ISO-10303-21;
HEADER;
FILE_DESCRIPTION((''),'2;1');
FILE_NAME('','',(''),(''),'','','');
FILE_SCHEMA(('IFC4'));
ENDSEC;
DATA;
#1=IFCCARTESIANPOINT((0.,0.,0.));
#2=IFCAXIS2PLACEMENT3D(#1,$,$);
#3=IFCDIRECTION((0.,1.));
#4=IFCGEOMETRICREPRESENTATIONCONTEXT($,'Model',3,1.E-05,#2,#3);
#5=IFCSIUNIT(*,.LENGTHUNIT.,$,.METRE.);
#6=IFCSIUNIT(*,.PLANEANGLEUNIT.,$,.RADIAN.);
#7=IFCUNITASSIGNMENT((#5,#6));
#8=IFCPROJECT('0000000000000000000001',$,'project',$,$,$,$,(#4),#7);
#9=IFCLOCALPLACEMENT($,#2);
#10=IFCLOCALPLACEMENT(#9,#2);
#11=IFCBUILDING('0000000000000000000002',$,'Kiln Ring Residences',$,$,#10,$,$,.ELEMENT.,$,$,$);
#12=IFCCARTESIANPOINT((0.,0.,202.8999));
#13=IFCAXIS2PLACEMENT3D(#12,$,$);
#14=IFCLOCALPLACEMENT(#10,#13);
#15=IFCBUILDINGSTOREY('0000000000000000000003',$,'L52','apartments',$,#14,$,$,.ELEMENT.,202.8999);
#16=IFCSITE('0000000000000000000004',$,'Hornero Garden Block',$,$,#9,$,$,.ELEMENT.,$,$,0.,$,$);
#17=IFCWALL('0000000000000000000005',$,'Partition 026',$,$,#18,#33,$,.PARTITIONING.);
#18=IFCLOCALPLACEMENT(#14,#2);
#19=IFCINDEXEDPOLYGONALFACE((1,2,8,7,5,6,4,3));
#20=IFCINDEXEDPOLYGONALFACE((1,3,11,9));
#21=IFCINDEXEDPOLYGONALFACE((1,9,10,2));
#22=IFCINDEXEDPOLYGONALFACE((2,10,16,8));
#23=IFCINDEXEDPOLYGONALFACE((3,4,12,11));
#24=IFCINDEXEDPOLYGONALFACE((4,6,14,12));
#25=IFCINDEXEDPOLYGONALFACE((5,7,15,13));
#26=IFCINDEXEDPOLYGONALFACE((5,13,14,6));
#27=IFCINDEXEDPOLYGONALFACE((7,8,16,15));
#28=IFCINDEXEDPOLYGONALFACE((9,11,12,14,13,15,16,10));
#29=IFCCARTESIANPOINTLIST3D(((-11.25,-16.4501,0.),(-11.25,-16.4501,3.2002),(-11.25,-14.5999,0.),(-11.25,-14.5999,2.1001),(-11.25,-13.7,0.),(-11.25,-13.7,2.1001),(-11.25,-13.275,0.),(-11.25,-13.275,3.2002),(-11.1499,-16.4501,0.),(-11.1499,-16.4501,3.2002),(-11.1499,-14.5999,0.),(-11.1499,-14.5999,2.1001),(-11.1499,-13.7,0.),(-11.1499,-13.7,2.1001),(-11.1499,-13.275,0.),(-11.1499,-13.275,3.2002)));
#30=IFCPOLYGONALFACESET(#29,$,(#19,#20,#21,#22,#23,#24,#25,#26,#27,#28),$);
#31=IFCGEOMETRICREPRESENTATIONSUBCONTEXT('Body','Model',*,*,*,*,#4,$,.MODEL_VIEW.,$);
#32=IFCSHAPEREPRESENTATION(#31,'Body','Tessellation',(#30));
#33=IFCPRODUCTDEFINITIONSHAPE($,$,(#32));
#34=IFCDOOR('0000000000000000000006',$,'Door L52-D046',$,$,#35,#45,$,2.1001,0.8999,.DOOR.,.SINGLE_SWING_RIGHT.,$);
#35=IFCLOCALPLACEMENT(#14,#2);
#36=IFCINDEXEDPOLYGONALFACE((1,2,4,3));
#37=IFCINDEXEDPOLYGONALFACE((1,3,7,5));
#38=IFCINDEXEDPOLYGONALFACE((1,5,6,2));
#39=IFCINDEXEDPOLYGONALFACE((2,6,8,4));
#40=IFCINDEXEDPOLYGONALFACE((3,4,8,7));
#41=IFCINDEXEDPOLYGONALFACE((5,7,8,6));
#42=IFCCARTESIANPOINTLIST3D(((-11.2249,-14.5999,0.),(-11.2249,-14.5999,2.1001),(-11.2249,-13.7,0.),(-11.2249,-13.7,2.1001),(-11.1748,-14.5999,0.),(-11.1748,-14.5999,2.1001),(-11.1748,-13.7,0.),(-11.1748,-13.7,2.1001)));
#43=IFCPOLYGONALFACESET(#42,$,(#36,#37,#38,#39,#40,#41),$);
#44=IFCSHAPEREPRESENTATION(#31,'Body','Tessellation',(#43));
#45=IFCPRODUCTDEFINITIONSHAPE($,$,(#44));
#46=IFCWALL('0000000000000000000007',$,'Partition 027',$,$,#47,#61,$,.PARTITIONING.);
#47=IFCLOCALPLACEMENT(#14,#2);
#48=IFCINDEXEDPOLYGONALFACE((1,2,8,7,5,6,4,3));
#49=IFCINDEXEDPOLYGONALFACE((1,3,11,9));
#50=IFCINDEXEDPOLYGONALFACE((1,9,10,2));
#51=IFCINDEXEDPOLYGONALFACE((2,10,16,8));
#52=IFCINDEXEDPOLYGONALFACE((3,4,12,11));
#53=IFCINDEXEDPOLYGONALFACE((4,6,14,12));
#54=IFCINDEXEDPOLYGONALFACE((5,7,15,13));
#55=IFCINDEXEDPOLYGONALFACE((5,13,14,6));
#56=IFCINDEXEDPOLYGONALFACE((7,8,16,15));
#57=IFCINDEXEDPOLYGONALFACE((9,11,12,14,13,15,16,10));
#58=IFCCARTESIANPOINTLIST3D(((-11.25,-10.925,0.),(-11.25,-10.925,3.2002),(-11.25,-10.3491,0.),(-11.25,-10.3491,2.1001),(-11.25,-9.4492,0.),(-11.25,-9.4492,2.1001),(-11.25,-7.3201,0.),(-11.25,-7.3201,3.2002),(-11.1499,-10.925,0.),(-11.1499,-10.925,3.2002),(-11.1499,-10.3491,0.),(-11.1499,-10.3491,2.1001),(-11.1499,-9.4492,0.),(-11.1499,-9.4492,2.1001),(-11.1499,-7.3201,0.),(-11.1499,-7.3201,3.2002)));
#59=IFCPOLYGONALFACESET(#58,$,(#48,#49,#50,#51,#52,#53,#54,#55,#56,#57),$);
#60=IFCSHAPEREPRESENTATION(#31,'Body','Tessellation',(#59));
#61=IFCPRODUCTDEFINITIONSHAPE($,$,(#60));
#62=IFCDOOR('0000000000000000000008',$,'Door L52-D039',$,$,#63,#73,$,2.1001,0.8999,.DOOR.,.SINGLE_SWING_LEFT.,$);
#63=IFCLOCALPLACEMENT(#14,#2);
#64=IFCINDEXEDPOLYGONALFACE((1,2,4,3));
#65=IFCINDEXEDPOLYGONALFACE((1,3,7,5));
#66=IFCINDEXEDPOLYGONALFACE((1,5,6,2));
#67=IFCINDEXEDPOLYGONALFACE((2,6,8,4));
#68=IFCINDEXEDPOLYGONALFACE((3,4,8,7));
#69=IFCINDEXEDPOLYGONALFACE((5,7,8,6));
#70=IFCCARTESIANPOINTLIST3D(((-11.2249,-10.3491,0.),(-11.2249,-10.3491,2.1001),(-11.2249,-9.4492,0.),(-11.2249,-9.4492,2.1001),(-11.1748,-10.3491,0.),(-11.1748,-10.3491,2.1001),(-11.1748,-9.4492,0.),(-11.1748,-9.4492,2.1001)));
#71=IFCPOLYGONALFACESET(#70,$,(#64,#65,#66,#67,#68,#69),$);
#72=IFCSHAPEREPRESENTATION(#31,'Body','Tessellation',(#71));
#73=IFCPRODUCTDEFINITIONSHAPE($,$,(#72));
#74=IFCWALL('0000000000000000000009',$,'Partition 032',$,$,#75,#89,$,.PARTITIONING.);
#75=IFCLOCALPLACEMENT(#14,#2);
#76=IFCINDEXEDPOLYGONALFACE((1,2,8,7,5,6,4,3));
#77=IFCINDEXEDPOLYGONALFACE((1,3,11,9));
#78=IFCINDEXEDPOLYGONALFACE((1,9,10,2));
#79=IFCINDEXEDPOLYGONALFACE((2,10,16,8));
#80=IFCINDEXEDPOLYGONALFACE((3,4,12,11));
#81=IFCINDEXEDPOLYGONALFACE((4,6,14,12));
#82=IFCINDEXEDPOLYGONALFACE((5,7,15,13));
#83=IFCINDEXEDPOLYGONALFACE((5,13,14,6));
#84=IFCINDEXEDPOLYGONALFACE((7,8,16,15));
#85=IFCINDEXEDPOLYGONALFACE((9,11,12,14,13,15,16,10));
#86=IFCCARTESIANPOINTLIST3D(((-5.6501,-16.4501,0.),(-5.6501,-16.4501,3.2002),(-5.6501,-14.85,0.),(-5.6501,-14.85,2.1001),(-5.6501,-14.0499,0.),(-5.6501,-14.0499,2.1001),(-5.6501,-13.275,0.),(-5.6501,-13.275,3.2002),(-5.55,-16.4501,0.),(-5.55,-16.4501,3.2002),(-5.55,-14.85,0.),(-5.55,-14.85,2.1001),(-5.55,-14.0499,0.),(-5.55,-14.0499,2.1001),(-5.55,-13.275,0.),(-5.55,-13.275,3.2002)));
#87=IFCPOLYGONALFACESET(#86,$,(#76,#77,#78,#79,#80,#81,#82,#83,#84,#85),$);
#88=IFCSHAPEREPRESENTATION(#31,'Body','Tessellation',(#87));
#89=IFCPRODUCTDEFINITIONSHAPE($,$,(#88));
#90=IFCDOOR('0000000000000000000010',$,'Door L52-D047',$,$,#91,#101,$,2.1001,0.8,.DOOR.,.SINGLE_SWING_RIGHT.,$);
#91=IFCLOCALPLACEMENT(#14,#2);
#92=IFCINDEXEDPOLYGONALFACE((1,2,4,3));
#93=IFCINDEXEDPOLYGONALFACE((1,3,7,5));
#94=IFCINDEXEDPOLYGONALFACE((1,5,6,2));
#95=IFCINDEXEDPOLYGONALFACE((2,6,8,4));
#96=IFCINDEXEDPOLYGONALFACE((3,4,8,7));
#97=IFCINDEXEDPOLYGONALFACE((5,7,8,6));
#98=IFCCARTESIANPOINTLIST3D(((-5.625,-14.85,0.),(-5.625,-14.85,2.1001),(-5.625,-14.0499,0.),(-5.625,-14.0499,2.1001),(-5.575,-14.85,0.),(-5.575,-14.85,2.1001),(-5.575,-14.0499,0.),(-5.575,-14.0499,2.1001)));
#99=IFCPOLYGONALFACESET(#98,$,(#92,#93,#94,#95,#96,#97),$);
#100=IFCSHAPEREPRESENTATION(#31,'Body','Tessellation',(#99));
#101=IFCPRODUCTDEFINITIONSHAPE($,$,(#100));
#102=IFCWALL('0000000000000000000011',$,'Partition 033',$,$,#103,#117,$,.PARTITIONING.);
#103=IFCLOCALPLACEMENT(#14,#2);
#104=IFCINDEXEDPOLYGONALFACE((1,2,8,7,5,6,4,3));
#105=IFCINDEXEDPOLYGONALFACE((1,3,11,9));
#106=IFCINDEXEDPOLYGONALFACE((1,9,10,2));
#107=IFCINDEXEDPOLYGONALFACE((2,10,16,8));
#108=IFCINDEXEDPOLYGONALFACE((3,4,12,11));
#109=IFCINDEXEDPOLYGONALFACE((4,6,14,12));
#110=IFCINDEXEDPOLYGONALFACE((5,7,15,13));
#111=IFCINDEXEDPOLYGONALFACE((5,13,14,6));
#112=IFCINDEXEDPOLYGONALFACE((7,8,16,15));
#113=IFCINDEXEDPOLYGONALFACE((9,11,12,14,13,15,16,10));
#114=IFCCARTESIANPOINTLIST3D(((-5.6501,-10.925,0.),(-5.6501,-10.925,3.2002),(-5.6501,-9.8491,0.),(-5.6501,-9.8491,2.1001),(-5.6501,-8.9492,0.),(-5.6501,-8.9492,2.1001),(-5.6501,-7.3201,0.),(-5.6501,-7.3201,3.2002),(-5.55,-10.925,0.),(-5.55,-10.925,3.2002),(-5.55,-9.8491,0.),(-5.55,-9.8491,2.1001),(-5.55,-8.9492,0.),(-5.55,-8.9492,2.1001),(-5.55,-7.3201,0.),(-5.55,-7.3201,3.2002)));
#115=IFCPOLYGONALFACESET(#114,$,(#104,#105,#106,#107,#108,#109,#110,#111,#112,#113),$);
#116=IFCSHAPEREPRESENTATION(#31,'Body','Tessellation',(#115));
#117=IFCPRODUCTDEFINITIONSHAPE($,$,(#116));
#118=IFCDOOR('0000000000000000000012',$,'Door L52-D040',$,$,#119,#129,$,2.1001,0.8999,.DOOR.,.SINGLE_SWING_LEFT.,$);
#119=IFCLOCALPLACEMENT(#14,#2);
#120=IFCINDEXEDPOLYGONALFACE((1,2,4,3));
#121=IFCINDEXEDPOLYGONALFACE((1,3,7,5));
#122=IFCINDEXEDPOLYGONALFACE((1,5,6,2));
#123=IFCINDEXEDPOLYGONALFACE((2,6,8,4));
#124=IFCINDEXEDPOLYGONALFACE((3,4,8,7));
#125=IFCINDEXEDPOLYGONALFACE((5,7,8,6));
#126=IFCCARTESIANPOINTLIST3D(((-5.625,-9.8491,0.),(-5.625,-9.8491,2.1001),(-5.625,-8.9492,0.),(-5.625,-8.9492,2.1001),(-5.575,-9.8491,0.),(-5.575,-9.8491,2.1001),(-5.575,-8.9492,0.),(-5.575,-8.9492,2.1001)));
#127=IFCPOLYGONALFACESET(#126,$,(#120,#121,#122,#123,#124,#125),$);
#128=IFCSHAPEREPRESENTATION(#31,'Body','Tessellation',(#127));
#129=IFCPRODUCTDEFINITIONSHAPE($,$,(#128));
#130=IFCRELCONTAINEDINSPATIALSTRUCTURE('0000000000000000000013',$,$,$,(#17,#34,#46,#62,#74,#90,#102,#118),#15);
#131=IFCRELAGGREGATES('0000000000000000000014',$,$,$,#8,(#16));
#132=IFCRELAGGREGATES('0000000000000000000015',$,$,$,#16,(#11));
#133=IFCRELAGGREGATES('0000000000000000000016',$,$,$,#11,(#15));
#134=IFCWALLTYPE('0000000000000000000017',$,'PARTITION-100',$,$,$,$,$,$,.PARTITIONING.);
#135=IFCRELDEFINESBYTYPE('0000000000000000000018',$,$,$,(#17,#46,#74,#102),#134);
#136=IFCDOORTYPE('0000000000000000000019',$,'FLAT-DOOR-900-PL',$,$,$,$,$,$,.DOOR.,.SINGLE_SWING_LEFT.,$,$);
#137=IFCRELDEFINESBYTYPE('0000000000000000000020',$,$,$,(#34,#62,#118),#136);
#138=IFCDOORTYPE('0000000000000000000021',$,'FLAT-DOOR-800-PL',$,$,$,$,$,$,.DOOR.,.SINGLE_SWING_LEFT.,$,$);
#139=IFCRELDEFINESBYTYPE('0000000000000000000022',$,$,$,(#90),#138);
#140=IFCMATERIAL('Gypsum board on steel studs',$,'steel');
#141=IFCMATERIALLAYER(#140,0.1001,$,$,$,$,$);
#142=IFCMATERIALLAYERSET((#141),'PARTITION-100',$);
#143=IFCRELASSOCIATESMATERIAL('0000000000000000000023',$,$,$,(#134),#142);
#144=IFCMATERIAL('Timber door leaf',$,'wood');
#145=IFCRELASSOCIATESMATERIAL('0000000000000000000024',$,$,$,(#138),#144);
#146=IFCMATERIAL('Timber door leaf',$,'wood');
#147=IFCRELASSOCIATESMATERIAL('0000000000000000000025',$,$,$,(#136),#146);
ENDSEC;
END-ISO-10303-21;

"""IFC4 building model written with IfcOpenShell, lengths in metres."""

from ifc_helpers import new_model, si_unit, direction, frame, frame_2d, origin, place, context, subcontext, project, spatial, rectangle, extrude, material, layer, layer_set, type_object, element, fill, save


model = new_model("IFC4")

# Units and contexts
model_context = context("Model", 3, precision=1e-05, world=origin(), true_north=direction((0.0, 1.0)))
body_context = subcontext(model_context, "Body", "Model", "MODEL_VIEW")
ifc_project = project(units=[si_unit("LENGTHUNIT", "METRE"), si_unit("PLANEANGLEUNIT", "RADIAN")], contexts=[model_context])

# Site, building, storey
site_placement = place(None, origin())
site = spatial("IfcSite", under=ifc_project, at=site_placement, Name="Hornero Garden Block", CompositionType="ELEMENT", RefElevation=0.0)
building_placement = place(site_placement, origin())
building = spatial("IfcBuilding", under=site, at=building_placement, Name="Kiln Ring Residences", CompositionType="ELEMENT")
storey_placement = place(building_placement, frame((0.0, 0.0, 202.8999)))
storey = spatial("IfcBuildingStorey", under=building, at=storey_placement, Name="L52", Description="apartments", CompositionType="ELEMENT", Elevation=202.8999)

# Walls, openings, doors
ifc_material_1 = material(Name="Gypsum board on steel studs", Category="steel")
ifc_layer_1 = layer(ifc_material_1, 0.1001)
ifc_layer_set_1 = layer_set([ifc_layer_1], Name="PARTITION-100")
wall_type_1 = type_object("IfcWallType", Name="PARTITION-100", PredefinedType="PARTITIONING", material=ifc_layer_set_1)
ifc_material_2 = material(Name="Timber door leaf", Category="wood")
door_type_1 = type_object("IfcDoorType", Name="FLAT-DOOR-800-PL", OperationType="SINGLE_SWING_LEFT", PredefinedType="DOOR", material=ifc_material_2)
wall_1_placement = place(storey_placement, frame((-11.2, -16.45, 0.0), z_axis=(0.0, 0.0, 1.0), x_axis=(0.0, 1.0, 0.0)))
wall_1 = element("IfcWall", 1, at=wall_1_placement, inside=storey, type_object=wall_type_1, Name="Partition 026", PredefinedType="PARTITIONING", context=body_context, shape_type="SweptSolid", body=[
    extrude(rectangle(XDim=3.175, YDim=0.1001, at=frame_2d((1.5874, 0.0))), origin(), (0.0, 0.0, 1.0), 3.2002),
])
opening_1_placement = place(wall_1_placement, frame((1.8501, 0.0, 0.0)))
opening_1 = element("IfcOpeningElement", 2, at=opening_1_placement, cuts=wall_1, PredefinedType="OPENING", context=body_context, shape_type="SweptSolid", body=[
    extrude(rectangle(XDim=0.8999, YDim=2.1001, at=frame_2d((0.45, 1.05))), frame((0.0, 0.0601, 0.0), z_axis=(0.0, -1.0, 0.0), x_axis=(1.0, 0.0, 0.0)), (0.0, 0.0, 1.0), 0.1201),
])
ifc_material_3 = material(Name="Timber door leaf", Category="wood")
door_type_2 = type_object("IfcDoorType", Name="FLAT-DOOR-900-PL", OperationType="SINGLE_SWING_LEFT", PredefinedType="DOOR", material=ifc_material_3)
door_1_placement = place(opening_1_placement, origin())
door_1 = element("IfcDoor", 3, at=door_1_placement, inside=storey, type_object=door_type_2, Name="Door L52-D046", OperationType="SINGLE_SWING_RIGHT", OverallHeight=2.1001, OverallWidth=0.8999, PredefinedType="DOOR", context=body_context, shape_type="SweptSolid", body=[
    extrude(rectangle(XDim=0.8999, YDim=2.1001, at=frame_2d((0.45, 1.05))), frame((0.0, 0.0249, 0.0), z_axis=(0.0, -1.0, 0.0), x_axis=(1.0, 0.0, 0.0)), (0.0, 0.0, 1.0), 0.05),
])
fill(opening_1, door_1)
wall_2_placement = place(storey_placement, frame((-11.2, -10.925, 0.0), z_axis=(0.0, 0.0, 1.0), x_axis=(0.0, 1.0, 0.0)))
wall_2 = element("IfcWall", 4, at=wall_2_placement, inside=storey, type_object=wall_type_1, Name="Partition 027", PredefinedType="PARTITIONING", context=body_context, shape_type="SweptSolid", body=[
    extrude(rectangle(XDim=3.605, YDim=0.1001, at=frame_2d((1.8025, 0.0))), origin(), (0.0, 0.0, 1.0), 3.2002),
])
opening_2_placement = place(wall_2_placement, frame((0.5759, 0.0, 0.0)))
opening_2 = element("IfcOpeningElement", 5, at=opening_2_placement, cuts=wall_2, PredefinedType="OPENING", context=body_context, shape_type="SweptSolid", body=[
    extrude(rectangle(XDim=0.8999, YDim=2.1001, at=frame_2d((0.45, 1.05))), frame((0.0, 0.0601, 0.0), z_axis=(0.0, -1.0, 0.0), x_axis=(1.0, 0.0, 0.0)), (0.0, 0.0, 1.0), 0.1201),
])
door_2_placement = place(opening_2_placement, origin())
door_2 = element("IfcDoor", 6, at=door_2_placement, inside=storey, type_object=door_type_2, Name="Door L52-D039", OperationType="SINGLE_SWING_LEFT", OverallHeight=2.1001, OverallWidth=0.8999, PredefinedType="DOOR", context=body_context, shape_type="SweptSolid", body=[
    extrude(rectangle(XDim=0.8999, YDim=2.1001, at=frame_2d((0.45, 1.05))), frame((0.0, 0.0249, 0.0), z_axis=(0.0, -1.0, 0.0), x_axis=(1.0, 0.0, 0.0)), (0.0, 0.0, 1.0), 0.05),
])
fill(opening_2, door_2)
wall_3_placement = place(storey_placement, frame((-5.6001, -16.45, 0.0), z_axis=(0.0, 0.0, 1.0), x_axis=(0.0, 1.0, 0.0)))
wall_3 = element("IfcWall", 7, at=wall_3_placement, inside=storey, type_object=wall_type_1, Name="Partition 032", PredefinedType="PARTITIONING", context=body_context, shape_type="SweptSolid", body=[
    extrude(rectangle(XDim=3.175, YDim=0.1001, at=frame_2d((1.5874, 0.0))), origin(), (0.0, 0.0, 1.0), 3.2002),
])
opening_3_placement = place(wall_3_placement, frame((1.6001, 0.0, 0.0)))
opening_3 = element("IfcOpeningElement", 8, at=opening_3_placement, cuts=wall_3, PredefinedType="OPENING", context=body_context, shape_type="SweptSolid", body=[
    extrude(rectangle(XDim=0.8, YDim=2.1001, at=frame_2d((0.3999, 1.05))), frame((0.0, 0.0601, 0.0), z_axis=(0.0, -1.0, 0.0), x_axis=(1.0, 0.0, 0.0)), (0.0, 0.0, 1.0), 0.1201),
])
door_3_placement = place(opening_3_placement, origin())
door_3 = element("IfcDoor", 9, at=door_3_placement, inside=storey, type_object=door_type_1, Name="Door L52-D047", OperationType="SINGLE_SWING_RIGHT", OverallHeight=2.1001, OverallWidth=0.8, PredefinedType="DOOR", context=body_context, shape_type="SweptSolid", body=[
    extrude(rectangle(XDim=0.8, YDim=2.1001, at=frame_2d((0.3999, 1.05))), frame((0.0, 0.0249, 0.0), z_axis=(0.0, -1.0, 0.0), x_axis=(1.0, 0.0, 0.0)), (0.0, 0.0, 1.0), 0.05),
])
fill(opening_3, door_3)
wall_4_placement = place(storey_placement, frame((-5.6001, -10.925, 0.0), z_axis=(0.0, 0.0, 1.0), x_axis=(0.0, 1.0, 0.0)))
wall_4 = element("IfcWall", 10, at=wall_4_placement, inside=storey, type_object=wall_type_1, Name="Partition 033", PredefinedType="PARTITIONING", context=body_context, shape_type="SweptSolid", body=[
    extrude(rectangle(XDim=3.605, YDim=0.1001, at=frame_2d((1.8025, 0.0))), origin(), (0.0, 0.0, 1.0), 3.2002),
])
opening_4_placement = place(wall_4_placement, frame((1.0759, 0.0, 0.0)))
opening_4 = element("IfcOpeningElement", 11, at=opening_4_placement, cuts=wall_4, PredefinedType="OPENING", context=body_context, shape_type="SweptSolid", body=[
    extrude(rectangle(XDim=0.8999, YDim=2.1001, at=frame_2d((0.45, 1.05))), frame((0.0, 0.0601, 0.0), z_axis=(0.0, -1.0, 0.0), x_axis=(1.0, 0.0, 0.0)), (0.0, 0.0, 1.0), 0.1201),
])
door_4_placement = place(opening_4_placement, origin())
door_4 = element("IfcDoor", 12, at=door_4_placement, inside=storey, type_object=door_type_2, Name="Door L52-D040", OperationType="SINGLE_SWING_LEFT", OverallHeight=2.1001, OverallWidth=0.8999, PredefinedType="DOOR", context=body_context, shape_type="SweptSolid", body=[
    extrude(rectangle(XDim=0.8999, YDim=2.1001, at=frame_2d((0.45, 1.05))), frame((0.0, 0.0249, 0.0), z_axis=(0.0, -1.0, 0.0), x_axis=(1.0, 0.0, 0.0)), (0.0, 0.0, 1.0), 0.05),
])
fill(opening_4, door_4)

save(model, "model.ifc")
